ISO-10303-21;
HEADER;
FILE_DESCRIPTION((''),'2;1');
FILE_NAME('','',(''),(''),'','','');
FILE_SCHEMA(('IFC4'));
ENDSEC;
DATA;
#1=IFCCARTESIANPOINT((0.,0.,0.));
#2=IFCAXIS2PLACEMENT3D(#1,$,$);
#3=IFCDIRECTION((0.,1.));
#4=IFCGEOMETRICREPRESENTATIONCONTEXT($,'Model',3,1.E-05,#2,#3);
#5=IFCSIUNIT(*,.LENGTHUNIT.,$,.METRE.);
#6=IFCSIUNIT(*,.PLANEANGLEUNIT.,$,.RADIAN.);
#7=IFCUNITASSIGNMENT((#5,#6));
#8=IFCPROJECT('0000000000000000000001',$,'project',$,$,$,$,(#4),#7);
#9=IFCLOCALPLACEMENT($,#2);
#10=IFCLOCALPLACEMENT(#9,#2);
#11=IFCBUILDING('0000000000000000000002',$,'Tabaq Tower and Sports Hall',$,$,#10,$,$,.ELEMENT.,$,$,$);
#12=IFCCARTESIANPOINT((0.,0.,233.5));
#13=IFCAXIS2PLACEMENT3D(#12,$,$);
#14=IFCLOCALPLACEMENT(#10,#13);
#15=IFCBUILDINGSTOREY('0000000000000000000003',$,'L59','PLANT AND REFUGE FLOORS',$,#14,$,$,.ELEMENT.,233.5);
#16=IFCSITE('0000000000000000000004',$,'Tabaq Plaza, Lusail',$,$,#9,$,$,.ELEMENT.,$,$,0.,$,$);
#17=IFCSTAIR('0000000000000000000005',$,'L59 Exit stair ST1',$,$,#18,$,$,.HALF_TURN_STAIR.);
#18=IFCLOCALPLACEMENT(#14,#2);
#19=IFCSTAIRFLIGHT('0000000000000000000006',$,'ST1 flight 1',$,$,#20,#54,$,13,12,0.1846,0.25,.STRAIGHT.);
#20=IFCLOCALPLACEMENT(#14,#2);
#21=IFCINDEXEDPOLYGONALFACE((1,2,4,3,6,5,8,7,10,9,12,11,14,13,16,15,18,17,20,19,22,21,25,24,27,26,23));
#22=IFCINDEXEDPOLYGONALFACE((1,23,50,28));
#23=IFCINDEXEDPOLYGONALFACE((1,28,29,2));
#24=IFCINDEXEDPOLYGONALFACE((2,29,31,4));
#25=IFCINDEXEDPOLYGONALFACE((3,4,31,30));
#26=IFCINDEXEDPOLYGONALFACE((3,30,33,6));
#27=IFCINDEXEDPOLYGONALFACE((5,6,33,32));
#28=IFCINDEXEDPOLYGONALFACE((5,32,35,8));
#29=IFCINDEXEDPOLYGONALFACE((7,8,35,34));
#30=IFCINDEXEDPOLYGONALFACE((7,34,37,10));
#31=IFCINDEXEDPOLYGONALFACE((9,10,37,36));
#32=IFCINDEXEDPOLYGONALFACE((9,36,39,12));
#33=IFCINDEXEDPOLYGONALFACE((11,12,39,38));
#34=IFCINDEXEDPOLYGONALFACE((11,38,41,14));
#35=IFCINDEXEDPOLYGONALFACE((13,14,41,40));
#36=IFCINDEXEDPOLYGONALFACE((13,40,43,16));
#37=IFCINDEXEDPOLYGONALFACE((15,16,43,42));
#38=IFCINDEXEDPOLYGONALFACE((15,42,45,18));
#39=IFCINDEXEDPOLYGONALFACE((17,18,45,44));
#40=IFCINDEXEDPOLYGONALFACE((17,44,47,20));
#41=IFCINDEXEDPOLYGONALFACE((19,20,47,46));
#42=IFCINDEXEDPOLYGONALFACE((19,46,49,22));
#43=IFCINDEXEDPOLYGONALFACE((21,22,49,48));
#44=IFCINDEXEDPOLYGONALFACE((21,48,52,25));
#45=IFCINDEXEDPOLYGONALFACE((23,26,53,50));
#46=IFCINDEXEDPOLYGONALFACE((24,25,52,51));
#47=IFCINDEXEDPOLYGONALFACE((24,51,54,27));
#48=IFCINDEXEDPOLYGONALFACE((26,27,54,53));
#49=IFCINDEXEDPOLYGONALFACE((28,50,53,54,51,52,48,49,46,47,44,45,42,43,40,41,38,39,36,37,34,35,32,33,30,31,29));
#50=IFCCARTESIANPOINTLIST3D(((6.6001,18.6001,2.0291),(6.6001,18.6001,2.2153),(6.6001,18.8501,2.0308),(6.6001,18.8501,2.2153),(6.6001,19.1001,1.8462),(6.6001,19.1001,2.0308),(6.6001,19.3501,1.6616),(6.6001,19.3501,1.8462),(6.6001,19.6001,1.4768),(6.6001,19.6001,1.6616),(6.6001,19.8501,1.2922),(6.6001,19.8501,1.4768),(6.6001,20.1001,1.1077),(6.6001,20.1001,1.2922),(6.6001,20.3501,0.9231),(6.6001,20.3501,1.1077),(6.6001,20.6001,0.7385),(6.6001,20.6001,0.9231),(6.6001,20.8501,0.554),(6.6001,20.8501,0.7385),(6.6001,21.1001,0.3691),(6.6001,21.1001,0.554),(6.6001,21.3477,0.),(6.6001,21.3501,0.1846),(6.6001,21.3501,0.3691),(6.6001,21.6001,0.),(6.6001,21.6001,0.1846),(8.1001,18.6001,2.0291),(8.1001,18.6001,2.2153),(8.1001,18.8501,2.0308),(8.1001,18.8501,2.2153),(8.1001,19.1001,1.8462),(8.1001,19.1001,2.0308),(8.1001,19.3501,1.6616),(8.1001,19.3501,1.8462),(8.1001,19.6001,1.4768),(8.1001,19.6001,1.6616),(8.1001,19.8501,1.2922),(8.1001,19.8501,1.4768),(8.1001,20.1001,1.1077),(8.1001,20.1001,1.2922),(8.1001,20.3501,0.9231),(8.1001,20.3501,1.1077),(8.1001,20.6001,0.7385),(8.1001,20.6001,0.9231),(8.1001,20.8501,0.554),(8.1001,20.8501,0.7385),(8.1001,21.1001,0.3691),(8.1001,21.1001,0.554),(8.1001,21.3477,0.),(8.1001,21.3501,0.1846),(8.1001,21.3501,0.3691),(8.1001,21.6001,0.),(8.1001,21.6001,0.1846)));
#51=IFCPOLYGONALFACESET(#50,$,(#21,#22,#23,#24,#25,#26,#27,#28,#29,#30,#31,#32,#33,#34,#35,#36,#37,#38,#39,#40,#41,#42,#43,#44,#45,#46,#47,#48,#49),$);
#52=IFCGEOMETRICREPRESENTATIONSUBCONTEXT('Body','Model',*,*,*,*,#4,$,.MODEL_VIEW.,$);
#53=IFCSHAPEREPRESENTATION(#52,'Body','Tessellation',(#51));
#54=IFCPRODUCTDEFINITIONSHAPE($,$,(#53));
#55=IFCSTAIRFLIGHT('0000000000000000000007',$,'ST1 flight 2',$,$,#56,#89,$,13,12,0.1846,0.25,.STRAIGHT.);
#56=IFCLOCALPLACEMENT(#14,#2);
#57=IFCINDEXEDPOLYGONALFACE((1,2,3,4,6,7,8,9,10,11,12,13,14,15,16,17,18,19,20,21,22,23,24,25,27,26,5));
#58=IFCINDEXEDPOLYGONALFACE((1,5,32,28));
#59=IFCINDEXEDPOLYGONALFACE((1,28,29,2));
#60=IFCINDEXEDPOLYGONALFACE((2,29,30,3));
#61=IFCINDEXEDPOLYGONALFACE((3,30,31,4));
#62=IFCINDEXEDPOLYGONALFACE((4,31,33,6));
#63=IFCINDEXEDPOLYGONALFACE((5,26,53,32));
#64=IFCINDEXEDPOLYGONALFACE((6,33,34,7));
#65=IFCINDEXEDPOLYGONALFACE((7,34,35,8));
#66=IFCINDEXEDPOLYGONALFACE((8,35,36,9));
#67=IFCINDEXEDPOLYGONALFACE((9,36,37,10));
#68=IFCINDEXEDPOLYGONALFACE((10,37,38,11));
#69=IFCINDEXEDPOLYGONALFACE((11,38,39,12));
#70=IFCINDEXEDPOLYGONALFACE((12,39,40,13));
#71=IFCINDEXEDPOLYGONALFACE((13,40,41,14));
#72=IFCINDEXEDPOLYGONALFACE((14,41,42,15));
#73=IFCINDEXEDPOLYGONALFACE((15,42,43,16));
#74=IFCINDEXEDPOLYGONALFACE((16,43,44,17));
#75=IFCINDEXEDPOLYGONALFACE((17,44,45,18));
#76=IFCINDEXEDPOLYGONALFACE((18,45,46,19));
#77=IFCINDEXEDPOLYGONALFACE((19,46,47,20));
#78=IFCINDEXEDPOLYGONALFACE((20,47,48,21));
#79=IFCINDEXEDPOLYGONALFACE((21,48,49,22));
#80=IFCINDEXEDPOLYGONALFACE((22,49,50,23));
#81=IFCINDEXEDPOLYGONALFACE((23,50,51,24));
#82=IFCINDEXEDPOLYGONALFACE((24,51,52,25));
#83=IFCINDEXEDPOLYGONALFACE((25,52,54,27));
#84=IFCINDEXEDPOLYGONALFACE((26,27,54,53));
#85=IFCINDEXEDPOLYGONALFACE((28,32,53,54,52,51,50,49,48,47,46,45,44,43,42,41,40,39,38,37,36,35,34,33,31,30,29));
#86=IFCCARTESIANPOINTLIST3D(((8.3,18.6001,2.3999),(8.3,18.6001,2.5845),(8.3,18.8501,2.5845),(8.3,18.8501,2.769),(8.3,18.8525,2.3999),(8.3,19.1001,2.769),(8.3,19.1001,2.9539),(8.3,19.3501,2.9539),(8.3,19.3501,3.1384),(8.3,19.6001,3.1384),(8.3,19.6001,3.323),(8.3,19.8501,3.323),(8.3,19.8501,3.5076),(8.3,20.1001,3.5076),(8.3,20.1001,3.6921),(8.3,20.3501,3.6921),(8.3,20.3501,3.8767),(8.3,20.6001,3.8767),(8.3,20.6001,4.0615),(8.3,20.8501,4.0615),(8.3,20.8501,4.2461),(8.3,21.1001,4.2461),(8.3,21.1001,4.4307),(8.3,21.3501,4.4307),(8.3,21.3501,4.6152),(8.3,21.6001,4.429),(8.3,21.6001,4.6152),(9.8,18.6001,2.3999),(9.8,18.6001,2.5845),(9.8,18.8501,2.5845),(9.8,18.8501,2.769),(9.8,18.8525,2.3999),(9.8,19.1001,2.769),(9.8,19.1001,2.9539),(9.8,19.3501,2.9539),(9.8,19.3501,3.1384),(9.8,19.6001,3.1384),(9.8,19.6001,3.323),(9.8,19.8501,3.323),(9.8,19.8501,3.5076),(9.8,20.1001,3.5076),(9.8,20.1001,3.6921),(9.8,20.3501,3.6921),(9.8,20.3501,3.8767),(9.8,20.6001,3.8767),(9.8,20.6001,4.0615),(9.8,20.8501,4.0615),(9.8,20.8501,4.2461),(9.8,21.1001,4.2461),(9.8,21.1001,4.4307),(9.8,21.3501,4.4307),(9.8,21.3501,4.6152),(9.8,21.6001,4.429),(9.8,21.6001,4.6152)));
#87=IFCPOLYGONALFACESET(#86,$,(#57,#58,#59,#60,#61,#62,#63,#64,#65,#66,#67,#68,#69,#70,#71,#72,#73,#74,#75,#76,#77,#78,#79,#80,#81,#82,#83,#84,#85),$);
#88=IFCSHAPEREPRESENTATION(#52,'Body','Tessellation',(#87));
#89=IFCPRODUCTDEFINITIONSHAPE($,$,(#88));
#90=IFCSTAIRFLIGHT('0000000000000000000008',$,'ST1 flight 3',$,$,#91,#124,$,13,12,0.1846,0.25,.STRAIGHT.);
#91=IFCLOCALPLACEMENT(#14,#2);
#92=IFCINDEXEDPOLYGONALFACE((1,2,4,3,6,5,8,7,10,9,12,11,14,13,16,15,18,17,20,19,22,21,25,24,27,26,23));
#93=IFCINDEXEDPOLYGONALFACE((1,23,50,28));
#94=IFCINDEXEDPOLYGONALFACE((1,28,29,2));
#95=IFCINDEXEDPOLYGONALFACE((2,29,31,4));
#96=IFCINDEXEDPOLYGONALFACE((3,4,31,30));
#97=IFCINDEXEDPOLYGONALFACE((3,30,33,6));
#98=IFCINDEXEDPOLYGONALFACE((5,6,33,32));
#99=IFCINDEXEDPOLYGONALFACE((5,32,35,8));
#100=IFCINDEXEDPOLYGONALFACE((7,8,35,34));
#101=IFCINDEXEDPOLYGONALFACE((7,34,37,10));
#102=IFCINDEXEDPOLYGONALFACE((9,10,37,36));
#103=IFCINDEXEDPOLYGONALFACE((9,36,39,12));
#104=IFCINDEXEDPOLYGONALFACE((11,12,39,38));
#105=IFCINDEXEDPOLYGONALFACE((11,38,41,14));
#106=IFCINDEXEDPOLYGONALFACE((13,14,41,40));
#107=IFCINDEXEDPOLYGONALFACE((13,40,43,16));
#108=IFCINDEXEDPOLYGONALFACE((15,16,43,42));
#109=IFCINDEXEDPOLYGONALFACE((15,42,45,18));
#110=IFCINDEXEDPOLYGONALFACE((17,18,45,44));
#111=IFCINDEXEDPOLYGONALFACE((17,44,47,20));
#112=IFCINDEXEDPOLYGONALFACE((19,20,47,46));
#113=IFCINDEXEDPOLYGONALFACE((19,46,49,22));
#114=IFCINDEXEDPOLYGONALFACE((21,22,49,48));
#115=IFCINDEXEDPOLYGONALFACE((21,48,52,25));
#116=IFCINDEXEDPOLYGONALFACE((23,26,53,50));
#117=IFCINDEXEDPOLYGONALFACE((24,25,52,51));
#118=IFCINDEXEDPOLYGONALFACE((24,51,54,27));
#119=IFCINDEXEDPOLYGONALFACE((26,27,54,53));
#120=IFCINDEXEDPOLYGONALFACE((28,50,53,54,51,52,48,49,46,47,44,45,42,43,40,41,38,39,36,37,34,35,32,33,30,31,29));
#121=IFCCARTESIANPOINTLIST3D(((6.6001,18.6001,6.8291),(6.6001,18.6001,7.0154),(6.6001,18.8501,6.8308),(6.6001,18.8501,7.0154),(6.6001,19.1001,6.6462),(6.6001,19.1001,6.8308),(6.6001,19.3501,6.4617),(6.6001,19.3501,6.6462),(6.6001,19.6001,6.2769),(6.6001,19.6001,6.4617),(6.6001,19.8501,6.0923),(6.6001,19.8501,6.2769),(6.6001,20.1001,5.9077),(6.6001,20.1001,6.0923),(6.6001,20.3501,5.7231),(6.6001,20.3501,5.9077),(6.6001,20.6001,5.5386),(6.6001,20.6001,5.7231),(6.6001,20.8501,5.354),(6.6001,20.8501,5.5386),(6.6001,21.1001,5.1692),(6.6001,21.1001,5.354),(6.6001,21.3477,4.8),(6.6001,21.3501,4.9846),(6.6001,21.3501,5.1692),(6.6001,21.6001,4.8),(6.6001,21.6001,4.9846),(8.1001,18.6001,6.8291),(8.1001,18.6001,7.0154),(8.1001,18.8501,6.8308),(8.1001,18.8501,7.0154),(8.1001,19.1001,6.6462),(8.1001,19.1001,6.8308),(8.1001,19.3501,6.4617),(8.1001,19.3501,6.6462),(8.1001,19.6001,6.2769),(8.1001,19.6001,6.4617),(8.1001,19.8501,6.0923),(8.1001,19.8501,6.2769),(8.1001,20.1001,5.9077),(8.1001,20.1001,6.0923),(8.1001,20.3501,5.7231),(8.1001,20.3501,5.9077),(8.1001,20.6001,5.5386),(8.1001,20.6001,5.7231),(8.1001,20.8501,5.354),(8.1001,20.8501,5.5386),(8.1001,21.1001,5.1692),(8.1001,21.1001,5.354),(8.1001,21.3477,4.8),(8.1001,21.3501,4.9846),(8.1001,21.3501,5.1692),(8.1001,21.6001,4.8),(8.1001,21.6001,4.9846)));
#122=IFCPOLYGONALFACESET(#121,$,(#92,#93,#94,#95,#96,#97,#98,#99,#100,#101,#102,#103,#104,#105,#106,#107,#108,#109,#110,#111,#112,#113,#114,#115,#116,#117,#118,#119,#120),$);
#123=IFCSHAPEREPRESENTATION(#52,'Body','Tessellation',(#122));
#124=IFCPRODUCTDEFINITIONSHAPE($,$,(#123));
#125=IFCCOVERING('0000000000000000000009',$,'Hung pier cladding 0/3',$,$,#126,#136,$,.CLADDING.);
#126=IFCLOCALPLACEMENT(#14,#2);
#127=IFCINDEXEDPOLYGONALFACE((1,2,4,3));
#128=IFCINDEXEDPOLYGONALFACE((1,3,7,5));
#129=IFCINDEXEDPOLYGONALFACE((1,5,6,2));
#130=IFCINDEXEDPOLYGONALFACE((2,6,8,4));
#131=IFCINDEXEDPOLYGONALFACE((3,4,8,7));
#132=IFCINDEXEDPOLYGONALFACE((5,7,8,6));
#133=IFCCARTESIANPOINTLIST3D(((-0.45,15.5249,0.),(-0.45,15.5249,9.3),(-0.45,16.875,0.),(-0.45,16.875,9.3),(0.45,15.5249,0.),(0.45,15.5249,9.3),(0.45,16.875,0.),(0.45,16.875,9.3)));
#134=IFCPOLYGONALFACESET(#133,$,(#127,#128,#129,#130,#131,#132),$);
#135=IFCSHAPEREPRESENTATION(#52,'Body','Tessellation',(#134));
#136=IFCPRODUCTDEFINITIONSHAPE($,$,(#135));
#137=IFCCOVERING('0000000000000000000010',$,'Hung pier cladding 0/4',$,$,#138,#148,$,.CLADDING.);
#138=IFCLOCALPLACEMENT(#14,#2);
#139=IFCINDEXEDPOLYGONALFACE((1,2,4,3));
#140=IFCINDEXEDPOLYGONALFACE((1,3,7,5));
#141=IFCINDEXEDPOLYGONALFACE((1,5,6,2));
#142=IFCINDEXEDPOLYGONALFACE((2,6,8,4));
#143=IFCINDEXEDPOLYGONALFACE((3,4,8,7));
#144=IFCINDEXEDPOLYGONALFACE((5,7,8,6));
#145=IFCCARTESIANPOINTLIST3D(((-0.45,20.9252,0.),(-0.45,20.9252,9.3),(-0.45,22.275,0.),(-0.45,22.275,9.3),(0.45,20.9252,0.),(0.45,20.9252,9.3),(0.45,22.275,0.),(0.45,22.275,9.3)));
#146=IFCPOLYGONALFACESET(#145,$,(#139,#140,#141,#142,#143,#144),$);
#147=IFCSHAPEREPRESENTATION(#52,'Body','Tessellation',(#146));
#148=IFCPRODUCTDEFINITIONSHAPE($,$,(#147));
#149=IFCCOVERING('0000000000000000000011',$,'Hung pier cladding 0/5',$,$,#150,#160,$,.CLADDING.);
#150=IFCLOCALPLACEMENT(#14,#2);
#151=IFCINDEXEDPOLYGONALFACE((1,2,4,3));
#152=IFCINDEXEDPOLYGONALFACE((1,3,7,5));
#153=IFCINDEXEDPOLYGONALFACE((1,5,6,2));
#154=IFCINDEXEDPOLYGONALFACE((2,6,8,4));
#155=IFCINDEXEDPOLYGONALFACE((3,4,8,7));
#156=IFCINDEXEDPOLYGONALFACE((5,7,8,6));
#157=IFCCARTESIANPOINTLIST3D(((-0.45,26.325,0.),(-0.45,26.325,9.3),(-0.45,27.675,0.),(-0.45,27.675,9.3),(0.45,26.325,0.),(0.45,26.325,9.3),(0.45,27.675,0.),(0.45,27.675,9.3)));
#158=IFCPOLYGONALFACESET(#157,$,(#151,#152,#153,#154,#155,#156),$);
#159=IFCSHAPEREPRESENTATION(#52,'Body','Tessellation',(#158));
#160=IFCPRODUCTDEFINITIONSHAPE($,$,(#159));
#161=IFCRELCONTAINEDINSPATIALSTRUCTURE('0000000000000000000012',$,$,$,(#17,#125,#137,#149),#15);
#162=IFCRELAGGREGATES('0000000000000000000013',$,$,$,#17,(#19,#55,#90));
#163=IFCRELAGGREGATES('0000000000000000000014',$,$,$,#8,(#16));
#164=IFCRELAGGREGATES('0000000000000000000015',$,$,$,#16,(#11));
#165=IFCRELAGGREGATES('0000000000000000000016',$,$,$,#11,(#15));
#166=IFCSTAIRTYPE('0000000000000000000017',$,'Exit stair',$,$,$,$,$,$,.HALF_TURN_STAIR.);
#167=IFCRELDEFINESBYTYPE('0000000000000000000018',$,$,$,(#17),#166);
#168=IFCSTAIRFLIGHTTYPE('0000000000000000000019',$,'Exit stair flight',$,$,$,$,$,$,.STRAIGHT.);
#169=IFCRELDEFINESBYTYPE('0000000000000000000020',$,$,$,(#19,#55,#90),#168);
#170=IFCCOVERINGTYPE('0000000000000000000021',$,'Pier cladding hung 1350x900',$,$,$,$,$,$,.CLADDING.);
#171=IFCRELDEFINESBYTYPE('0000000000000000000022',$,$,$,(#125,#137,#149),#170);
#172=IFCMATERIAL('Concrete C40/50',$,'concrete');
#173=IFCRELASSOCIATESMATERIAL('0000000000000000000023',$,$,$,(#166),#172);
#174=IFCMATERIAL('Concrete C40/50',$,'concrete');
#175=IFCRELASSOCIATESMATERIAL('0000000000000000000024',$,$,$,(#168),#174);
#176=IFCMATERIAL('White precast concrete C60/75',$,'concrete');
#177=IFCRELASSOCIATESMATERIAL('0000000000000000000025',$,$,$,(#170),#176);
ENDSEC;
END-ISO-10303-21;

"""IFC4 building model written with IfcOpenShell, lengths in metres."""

from ifc_helpers import new_model, si_unit, direction, frame, frame_2d, origin, place, context, subcontext, project, spatial, polyline, rectangle, outline, extrude, material, type_object, element, aggregate, save


model = new_model("IFC4")

# Units and contexts
model_context = context("Model", 3, precision=1e-05, world=origin(), true_north=direction((0.0, 1.0)))
body_context = subcontext(model_context, "Body", "Model", "MODEL_VIEW")
ifc_project = project(units=[si_unit("LENGTHUNIT", "METRE"), si_unit("PLANEANGLEUNIT", "RADIAN")], contexts=[model_context])

# Site, building, storey
site_placement = place(None, origin())
site = spatial("IfcSite", under=ifc_project, at=site_placement, Name="Tabaq Plaza, Lusail", CompositionType="ELEMENT", RefElevation=0.0)
building_placement = place(site_placement, origin())
building = spatial("IfcBuilding", under=site, at=building_placement, Name="Tabaq Tower and Sports Hall", CompositionType="ELEMENT")
storey_placement = place(building_placement, frame((0.0, 0.0, 233.5)))
storey = spatial("IfcBuildingStorey", under=building, at=storey_placement, Name="L59", Description="PLANT AND REFUGE FLOORS", CompositionType="ELEMENT", Elevation=233.5)

# Stair, stair flights
ifc_material_1 = material(Name="Concrete C40/50", Category="concrete")
stair_type = type_object("IfcStairType", Name="Exit stair", PredefinedType="HALF_TURN_STAIR", material=ifc_material_1)
stair_placement = place(storey_placement, origin())
stair = element("IfcStair", 1, at=stair_placement, inside=storey, type_object=stair_type, Name="L59 Exit stair ST1", PredefinedType="HALF_TURN_STAIR")
ifc_material_2 = material(Name="Concrete C40/50", Category="concrete")
stair_flight_type = type_object("IfcStairFlightType", Name="Exit stair flight", PredefinedType="STRAIGHT", material=ifc_material_2)
stair_flight_1_placement = place(storey_placement, frame((7.3501, 21.6001, 0.0), z_axis=(0.0, 0.0, 1.0), x_axis=(0.0, -1.0, 0.0)))
stair_flight_1 = element("IfcStairFlight", 2, at=stair_flight_1_placement, type_object=stair_flight_type, Name="ST1 flight 1", NumberOfRisers=13, NumberOfTreads=12, PredefinedType="STRAIGHT", RiserHeight=0.1846, TreadLength=0.25, context=body_context, shape_type="SweptSolid", body=[
    extrude(outline(polyline([(0.0, 0.0), (0.0, 0.1846), (0.25, 0.1846), (0.25, 0.3691), (0.5, 0.3691), (0.5, 0.554), (0.75, 0.554), (0.75, 0.7385), (1.0, 0.7385), (1.0, 0.9231), (1.25, 0.9231), (1.25, 1.1077), (1.5, 1.1077), (1.5, 1.2922), (1.75, 1.2922), (1.75, 1.4768), (2.0, 1.4768), (2.0, 1.6616), (2.25, 1.6616), (2.25, 1.8462), (2.5, 1.8462), (2.5, 2.0308), (2.75, 2.0308), (2.75, 2.2153), (3.0, 2.2153), (3.0, 2.3999), (3.0, 2.0291), (0.2524, 0.0), (0.0, 0.0)])), frame((0.0, 0.75, 0.0), z_axis=(0.0, -1.0, 0.0), x_axis=(1.0, 0.0, 0.0)), (0.0, 0.0, 1.0), 1.5),
])
stair_flight_2_placement = place(storey_placement, frame((9.05, 18.6001, 2.3999), z_axis=(0.0, 0.0, 1.0), x_axis=(0.0, 1.0, 0.0)))
stair_flight_2 = element("IfcStairFlight", 3, at=stair_flight_2_placement, type_object=stair_flight_type, Name="ST1 flight 2", NumberOfRisers=13, NumberOfTreads=12, PredefinedType="STRAIGHT", RiserHeight=0.1846, TreadLength=0.25, context=body_context, shape_type="SweptSolid", body=[
    extrude(outline(polyline([(0.0, 0.0), (0.0, 0.1846), (0.25, 0.1846), (0.25, 0.3691), (0.5, 0.3691), (0.5, 0.554), (0.75, 0.554), (0.75, 0.7385), (1.0, 0.7385), (1.0, 0.9231), (1.25, 0.9231), (1.25, 1.1077), (1.5, 1.1077), (1.5, 1.2922), (1.75, 1.2922), (1.75, 1.4768), (2.0, 1.4768), (2.0, 1.6616), (2.25, 1.6616), (2.25, 1.8462), (2.5, 1.8462), (2.5, 2.0308), (2.75, 2.0308), (2.75, 2.2153), (3.0, 2.2153), (3.0, 2.3999), (3.0, 2.0291), (0.2524, 0.0), (0.0, 0.0)])), frame((0.0, 0.75, 0.0), z_axis=(0.0, -1.0, 0.0), x_axis=(1.0, 0.0, 0.0)), (0.0, 0.0, 1.0), 1.5),
])
stair_flight_3_placement = place(storey_placement, frame((7.3501, 21.6001, 4.8), z_axis=(0.0, 0.0, 1.0), x_axis=(0.0, -1.0, 0.0)))
stair_flight_3 = element("IfcStairFlight", 4, at=stair_flight_3_placement, type_object=stair_flight_type, Name="ST1 flight 3", NumberOfRisers=13, NumberOfTreads=12, PredefinedType="STRAIGHT", RiserHeight=0.1846, TreadLength=0.25, context=body_context, shape_type="SweptSolid", body=[
    extrude(outline(polyline([(0.0, 0.0), (0.0, 0.1846), (0.25, 0.1846), (0.25, 0.3691), (0.5, 0.3691), (0.5, 0.554), (0.75, 0.554), (0.75, 0.7385), (1.0, 0.7385), (1.0, 0.9231), (1.25, 0.9231), (1.25, 1.1077), (1.5, 1.1077), (1.5, 1.2922), (1.75, 1.2922), (1.75, 1.4768), (2.0, 1.4768), (2.0, 1.6616), (2.25, 1.6616), (2.25, 1.8462), (2.5, 1.8462), (2.5, 2.0308), (2.75, 2.0308), (2.75, 2.2153), (3.0, 2.2153), (3.0, 2.3999), (3.0, 2.0291), (0.2524, 0.0), (0.0, 0.0)])), frame((0.0, 0.75, 0.0), z_axis=(0.0, -1.0, 0.0), x_axis=(1.0, 0.0, 0.0)), (0.0, 0.0, 1.0), 1.5),
])
aggregate(stair, [stair_flight_1, stair_flight_2, stair_flight_3])

# Coverings
ifc_material_3 = material(Name="White precast concrete C60/75", Category="concrete")
covering_type = type_object("IfcCoveringType", Name="Pier cladding hung 1350x900", PredefinedType="CLADDING", material=ifc_material_3)
covering_1_placement = place(storey_placement, frame((0.0, 16.875, 0.0), z_axis=(0.0, 0.0, 1.0), x_axis=(0.0, -1.0, 0.0)))
element("IfcCovering", 5, at=covering_1_placement, inside=storey, type_object=covering_type, Name="Hung pier cladding 0/3", PredefinedType="CLADDING", context=body_context, shape_type="SweptSolid", body=[
    extrude(rectangle(XDim=1.3501, YDim=0.8999, at=frame_2d((0.675, 0.0))), origin(), (0.0, 0.0, 1.0), 9.3),
])
covering_2_placement = place(storey_placement, frame((0.0, 22.2749, 0.0), z_axis=(0.0, 0.0, 1.0), x_axis=(0.0, -1.0, 0.0)))
element("IfcCovering", 6, at=covering_2_placement, inside=storey, type_object=covering_type, Name="Hung pier cladding 0/4", PredefinedType="CLADDING", context=body_context, shape_type="SweptSolid", body=[
    extrude(rectangle(XDim=1.3499, YDim=0.8999, at=frame_2d((0.6748, 0.0))), origin(), (0.0, 0.0, 1.0), 9.3),
])
covering_3_placement = place(storey_placement, frame((0.0, 27.675, 0.0), z_axis=(0.0, 0.0, 1.0), x_axis=(0.0, -1.0, 0.0)))
element("IfcCovering", 7, at=covering_3_placement, inside=storey, type_object=covering_type, Name="Hung pier cladding 0/5", PredefinedType="CLADDING", context=body_context, shape_type="SweptSolid", body=[
    extrude(rectangle(XDim=1.3501, YDim=0.8999, at=frame_2d((0.675, 0.0))), origin(), (0.0, 0.0, 1.0), 9.3),
])

save(model, "model.ifc")
